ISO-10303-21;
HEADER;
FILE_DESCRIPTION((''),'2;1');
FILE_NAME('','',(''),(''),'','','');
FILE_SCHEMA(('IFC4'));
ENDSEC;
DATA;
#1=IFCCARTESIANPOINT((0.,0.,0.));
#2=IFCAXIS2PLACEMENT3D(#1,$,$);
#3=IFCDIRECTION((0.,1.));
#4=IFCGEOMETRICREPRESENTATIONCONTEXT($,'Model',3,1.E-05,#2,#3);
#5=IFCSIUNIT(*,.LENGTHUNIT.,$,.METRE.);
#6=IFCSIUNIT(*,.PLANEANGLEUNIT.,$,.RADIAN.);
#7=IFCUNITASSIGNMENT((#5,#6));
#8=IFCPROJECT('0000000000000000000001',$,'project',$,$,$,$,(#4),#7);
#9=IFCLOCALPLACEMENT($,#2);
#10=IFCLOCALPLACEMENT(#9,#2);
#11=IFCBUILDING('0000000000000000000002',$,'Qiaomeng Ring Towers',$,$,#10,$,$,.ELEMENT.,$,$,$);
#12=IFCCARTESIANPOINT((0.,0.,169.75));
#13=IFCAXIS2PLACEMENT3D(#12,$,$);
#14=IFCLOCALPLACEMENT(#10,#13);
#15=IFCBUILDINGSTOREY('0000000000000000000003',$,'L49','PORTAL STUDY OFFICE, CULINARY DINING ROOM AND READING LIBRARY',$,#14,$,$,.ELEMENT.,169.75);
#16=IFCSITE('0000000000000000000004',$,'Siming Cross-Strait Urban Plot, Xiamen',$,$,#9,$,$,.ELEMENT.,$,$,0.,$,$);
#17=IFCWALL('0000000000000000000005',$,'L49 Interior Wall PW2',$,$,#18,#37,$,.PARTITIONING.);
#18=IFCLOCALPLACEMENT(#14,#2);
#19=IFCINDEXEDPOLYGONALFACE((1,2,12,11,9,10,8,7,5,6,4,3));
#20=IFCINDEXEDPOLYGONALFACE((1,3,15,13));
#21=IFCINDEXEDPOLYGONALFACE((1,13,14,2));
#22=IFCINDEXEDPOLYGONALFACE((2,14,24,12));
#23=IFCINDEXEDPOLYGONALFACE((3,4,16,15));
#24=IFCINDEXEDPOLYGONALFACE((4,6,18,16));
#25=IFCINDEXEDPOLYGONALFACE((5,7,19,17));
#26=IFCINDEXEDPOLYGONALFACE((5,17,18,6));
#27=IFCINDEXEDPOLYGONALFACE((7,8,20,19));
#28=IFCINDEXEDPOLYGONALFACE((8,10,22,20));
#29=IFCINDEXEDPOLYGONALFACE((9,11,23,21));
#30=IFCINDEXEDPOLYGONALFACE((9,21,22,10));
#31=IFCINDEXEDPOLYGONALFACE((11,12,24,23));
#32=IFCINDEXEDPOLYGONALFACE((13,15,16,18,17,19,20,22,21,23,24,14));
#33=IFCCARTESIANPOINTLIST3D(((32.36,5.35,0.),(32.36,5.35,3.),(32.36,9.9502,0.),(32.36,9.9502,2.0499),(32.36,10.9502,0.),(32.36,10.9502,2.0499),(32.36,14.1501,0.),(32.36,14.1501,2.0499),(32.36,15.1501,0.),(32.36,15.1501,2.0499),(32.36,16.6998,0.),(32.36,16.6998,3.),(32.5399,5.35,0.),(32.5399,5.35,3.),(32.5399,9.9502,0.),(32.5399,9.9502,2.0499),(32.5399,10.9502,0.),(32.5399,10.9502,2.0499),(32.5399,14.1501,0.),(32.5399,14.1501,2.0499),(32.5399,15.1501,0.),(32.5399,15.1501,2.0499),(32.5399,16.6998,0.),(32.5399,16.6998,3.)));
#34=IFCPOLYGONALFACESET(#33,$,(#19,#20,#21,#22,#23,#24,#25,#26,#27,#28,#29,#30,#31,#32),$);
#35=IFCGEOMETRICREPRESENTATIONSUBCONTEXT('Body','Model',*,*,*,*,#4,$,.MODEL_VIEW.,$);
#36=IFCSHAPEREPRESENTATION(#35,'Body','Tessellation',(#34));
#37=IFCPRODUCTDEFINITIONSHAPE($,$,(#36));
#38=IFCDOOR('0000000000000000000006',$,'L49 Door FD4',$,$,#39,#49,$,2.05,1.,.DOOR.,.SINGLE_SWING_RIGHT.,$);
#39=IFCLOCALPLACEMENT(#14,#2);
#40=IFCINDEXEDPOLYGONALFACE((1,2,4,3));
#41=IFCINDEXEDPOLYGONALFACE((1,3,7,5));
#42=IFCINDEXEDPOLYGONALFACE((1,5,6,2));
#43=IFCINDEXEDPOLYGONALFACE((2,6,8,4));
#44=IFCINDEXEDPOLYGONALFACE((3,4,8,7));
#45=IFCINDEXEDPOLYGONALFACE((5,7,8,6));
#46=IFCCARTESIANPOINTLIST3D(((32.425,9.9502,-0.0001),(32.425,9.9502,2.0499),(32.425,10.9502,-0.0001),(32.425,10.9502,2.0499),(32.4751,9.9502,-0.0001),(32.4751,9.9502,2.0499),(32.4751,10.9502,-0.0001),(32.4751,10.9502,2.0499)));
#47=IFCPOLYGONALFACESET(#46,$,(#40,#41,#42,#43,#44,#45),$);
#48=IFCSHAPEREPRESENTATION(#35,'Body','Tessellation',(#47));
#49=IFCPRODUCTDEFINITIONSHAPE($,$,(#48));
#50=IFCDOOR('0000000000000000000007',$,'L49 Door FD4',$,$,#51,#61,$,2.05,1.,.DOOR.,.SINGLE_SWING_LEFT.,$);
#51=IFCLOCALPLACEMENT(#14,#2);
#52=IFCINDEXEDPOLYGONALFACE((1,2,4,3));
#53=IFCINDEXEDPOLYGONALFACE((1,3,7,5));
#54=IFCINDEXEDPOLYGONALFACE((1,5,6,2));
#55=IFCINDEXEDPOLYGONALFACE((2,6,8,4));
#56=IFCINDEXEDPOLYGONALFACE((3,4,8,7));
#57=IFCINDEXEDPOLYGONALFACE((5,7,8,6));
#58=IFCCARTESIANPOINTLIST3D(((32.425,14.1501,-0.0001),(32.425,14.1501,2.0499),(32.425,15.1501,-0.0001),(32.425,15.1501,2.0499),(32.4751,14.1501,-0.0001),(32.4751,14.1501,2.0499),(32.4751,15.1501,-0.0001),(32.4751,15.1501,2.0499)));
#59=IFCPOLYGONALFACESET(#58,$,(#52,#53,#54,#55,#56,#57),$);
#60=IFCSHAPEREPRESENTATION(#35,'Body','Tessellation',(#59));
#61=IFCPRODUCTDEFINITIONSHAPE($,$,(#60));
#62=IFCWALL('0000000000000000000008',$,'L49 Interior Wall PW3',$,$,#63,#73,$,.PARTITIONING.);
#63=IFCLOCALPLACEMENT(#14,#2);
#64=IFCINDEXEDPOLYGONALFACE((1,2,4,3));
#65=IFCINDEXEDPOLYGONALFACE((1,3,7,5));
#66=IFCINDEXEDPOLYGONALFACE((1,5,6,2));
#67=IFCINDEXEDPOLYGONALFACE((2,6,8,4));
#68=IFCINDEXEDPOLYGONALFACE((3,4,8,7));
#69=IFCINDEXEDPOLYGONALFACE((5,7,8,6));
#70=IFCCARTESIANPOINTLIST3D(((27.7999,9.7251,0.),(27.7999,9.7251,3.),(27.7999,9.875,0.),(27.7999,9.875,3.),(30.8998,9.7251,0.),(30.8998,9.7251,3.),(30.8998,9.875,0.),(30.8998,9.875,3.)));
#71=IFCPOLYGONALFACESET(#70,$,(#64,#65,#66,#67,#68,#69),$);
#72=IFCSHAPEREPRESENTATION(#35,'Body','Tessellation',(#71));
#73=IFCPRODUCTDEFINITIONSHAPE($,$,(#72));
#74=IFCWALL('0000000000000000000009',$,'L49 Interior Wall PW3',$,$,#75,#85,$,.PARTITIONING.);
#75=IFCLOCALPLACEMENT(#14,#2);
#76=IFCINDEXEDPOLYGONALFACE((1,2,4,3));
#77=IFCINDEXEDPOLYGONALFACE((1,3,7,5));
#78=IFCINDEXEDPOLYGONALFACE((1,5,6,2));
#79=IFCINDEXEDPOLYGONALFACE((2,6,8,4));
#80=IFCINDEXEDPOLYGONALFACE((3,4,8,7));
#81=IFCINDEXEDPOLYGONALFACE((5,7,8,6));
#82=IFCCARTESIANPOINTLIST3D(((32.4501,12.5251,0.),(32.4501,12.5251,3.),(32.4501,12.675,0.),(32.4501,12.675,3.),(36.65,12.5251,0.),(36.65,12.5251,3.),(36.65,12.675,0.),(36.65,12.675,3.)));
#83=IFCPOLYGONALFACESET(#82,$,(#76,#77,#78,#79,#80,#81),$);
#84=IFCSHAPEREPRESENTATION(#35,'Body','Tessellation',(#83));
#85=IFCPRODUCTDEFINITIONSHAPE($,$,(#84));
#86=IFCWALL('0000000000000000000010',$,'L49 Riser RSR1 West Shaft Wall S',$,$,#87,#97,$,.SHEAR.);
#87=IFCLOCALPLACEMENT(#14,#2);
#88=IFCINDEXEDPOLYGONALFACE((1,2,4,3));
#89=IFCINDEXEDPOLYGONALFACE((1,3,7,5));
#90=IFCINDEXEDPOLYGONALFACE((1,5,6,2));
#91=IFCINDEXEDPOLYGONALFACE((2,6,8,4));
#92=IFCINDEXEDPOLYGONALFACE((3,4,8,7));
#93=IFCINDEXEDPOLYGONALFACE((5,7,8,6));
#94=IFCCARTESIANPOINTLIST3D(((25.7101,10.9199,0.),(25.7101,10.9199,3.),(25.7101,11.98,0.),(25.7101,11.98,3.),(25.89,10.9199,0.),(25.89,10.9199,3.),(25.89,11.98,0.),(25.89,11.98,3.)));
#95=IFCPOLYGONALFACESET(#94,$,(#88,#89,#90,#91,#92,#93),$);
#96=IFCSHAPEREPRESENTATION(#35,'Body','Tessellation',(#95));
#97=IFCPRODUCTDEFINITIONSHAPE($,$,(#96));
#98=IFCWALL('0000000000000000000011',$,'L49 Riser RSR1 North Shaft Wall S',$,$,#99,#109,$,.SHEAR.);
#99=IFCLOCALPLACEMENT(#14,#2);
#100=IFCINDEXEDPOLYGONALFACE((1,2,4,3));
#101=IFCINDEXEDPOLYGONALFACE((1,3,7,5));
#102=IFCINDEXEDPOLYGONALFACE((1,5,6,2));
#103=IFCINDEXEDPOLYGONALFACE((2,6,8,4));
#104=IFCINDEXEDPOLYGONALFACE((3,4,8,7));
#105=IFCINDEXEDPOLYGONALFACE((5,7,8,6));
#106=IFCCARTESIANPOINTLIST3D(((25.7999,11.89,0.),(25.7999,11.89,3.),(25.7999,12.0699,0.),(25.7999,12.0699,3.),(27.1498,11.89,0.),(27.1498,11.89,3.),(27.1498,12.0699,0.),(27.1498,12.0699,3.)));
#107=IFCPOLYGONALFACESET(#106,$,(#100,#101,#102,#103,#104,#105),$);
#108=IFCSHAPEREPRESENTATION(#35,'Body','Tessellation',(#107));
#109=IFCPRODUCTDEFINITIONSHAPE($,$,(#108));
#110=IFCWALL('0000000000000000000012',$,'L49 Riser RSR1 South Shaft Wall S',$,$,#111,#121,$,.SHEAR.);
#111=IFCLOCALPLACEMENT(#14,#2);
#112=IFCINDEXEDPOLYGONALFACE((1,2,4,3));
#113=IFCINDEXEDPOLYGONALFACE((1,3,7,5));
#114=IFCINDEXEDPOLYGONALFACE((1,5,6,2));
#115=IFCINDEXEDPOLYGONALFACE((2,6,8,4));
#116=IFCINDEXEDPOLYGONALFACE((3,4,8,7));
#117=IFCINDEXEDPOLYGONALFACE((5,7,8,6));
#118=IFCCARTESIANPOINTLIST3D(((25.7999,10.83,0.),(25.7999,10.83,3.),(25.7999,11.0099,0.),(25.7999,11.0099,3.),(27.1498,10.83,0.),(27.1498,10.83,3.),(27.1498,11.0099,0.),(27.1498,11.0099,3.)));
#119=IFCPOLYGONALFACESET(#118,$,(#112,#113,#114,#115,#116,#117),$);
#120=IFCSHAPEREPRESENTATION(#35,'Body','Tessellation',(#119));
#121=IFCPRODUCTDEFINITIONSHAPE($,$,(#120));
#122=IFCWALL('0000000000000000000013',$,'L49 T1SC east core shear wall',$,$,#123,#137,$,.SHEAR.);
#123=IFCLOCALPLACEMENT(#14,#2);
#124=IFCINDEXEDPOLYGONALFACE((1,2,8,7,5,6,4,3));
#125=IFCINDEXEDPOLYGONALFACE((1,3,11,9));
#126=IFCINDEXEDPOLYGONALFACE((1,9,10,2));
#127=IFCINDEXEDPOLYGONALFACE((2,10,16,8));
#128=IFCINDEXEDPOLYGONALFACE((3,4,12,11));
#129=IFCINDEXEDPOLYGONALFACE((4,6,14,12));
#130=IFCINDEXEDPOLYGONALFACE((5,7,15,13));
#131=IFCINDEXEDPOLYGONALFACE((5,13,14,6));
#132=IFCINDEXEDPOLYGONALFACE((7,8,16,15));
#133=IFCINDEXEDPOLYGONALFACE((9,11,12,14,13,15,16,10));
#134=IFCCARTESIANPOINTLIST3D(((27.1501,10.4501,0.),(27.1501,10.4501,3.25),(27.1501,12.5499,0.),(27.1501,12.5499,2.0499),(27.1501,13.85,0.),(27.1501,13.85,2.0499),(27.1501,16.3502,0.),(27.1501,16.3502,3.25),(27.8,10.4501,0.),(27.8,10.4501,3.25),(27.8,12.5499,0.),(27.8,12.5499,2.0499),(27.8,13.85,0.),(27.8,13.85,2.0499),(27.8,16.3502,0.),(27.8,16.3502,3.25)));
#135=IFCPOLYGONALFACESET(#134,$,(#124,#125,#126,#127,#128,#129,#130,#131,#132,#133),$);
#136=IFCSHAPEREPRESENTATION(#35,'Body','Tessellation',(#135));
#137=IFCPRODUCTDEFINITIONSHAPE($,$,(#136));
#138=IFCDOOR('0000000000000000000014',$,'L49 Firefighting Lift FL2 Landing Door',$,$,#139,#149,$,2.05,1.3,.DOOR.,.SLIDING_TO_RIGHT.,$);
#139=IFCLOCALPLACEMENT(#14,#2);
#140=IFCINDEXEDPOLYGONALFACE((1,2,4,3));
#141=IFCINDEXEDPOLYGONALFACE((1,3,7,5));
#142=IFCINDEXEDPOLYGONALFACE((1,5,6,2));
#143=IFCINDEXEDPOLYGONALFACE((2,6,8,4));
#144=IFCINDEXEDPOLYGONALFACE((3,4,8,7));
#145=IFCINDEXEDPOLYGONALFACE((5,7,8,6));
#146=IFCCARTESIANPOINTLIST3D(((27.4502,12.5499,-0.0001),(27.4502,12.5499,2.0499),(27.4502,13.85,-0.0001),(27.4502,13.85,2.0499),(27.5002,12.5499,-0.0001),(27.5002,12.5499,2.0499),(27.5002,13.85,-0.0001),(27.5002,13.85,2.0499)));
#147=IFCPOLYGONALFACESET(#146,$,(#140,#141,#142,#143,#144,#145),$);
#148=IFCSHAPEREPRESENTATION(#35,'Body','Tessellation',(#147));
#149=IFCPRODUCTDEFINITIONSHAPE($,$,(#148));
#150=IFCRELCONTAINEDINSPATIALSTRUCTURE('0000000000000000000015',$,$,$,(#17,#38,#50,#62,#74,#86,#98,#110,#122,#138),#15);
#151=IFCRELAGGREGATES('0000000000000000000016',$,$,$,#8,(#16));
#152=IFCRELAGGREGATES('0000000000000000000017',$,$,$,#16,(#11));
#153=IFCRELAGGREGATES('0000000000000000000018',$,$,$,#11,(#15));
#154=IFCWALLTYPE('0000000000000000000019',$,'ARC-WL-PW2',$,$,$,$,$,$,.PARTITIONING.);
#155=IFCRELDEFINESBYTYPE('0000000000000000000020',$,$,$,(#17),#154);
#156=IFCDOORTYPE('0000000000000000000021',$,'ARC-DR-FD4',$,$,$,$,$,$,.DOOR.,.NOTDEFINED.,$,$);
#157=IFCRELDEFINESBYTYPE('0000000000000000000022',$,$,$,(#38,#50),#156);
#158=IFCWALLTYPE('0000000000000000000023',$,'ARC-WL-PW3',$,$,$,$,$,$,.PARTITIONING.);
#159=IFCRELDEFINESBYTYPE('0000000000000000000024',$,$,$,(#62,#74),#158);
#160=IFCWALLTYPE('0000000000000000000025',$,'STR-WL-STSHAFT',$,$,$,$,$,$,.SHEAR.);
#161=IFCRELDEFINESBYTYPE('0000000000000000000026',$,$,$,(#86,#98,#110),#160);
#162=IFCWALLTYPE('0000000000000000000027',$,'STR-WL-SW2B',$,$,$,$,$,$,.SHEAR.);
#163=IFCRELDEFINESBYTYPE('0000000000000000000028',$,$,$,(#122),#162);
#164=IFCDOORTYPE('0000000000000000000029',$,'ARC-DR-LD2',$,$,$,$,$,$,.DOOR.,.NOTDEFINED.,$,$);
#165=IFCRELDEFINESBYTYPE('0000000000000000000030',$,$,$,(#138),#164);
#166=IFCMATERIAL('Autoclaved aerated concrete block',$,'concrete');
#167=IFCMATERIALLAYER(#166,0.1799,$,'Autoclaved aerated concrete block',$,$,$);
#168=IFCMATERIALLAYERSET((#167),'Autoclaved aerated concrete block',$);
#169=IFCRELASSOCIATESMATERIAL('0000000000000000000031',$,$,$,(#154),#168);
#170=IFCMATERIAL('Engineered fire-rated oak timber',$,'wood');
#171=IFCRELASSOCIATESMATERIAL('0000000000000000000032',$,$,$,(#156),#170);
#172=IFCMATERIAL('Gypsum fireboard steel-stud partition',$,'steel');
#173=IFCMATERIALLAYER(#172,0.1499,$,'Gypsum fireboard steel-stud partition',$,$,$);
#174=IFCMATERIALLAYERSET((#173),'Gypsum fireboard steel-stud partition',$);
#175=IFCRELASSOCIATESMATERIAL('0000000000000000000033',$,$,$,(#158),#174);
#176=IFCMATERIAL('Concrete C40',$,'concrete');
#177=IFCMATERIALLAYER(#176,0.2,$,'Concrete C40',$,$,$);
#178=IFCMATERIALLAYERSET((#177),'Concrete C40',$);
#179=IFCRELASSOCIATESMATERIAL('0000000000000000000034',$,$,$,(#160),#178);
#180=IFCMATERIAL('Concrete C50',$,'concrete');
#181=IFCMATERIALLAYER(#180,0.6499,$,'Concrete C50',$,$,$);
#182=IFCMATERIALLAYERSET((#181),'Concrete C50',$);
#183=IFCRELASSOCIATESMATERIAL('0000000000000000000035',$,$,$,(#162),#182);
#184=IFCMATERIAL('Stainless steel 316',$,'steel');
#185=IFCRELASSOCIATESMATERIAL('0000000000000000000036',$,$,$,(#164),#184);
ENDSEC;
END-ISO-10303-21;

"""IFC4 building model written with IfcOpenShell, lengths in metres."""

from ifc_helpers import new_model, si_unit, direction, frame, frame_2d, origin, place, context, subcontext, project, spatial, rectangle, extrude, source, transform, mapped, material, layer, layer_set, type_object, element, fill, save


model = new_model("IFC4")

# Units and contexts
model_context = context("Model", 3, precision=1e-05, world=origin(), true_north=direction((0.0, 1.0)))
body_context = subcontext(model_context, "Body", "Model", "MODEL_VIEW")
ifc_project = project(units=[si_unit("LENGTHUNIT", "METRE"), si_unit("PLANEANGLEUNIT", "RADIAN")], contexts=[model_context])

# Site, building, storey
site_placement = place(None, origin())
site = spatial("IfcSite", under=ifc_project, at=site_placement, Name="Siming Cross-Strait Urban Plot, Xiamen", CompositionType="ELEMENT", RefElevation=0.0)
building_placement = place(site_placement, origin())
building = spatial("IfcBuilding", under=site, at=building_placement, Name="Qiaomeng Ring Towers", CompositionType="ELEMENT")
storey_placement = place(building_placement, frame((0.0, 0.0, 169.75)))
storey = spatial("IfcBuildingStorey", under=building, at=storey_placement, Name="L49", Description="PORTAL STUDY OFFICE, CULINARY DINING ROOM AND READING LIBRARY", CompositionType="ELEMENT", Elevation=169.75)

# Shared definitions
ifc_material_1 = material(Name="Concrete C50", Category="concrete")

# Shared definitions
ifc_material_2 = material(Name="Autoclaved aerated concrete block", Category="concrete")

# Shared definitions
ifc_layer_1 = layer(ifc_material_2, 0.1799, Name="Autoclaved aerated concrete block")
ifc_layer_set_1 = layer_set([ifc_layer_1], Name="Autoclaved aerated concrete block")
wall_type_1 = type_object("IfcWallType", Name="ARC-WL-PW2", PredefinedType="PARTITIONING", material=ifc_layer_set_1)

# Wall, openings, doors
wall_1_placement = place(storey_placement, frame((32.45, 5.3501, 0.0), z_axis=(0.0, 0.0, 1.0), x_axis=(0.0, 1.0, 0.0)))
wall_1 = element("IfcWall", 1, at=wall_1_placement, inside=storey, type_object=wall_type_1, Name="L49 Interior Wall PW2", PredefinedType="PARTITIONING", context=body_context, shape_type="SweptSolid", body=[
    extrude(rectangle(XDim=11.3499, YDim=0.1799, at=frame_2d((5.6748, 0.0))), origin(), (0.0, 0.0, 1.0), 3.0),
])
opening_1_placement = place(wall_1_placement, frame((4.6001, 0.0, 0.0)))
opening_1 = element("IfcOpeningElement", 2, at=opening_1_placement, cuts=wall_1, PredefinedType="OPENING", context=body_context, shape_type="SweptSolid", body=[
    extrude(rectangle(XDim=1.0, YDim=2.05, at=frame_2d((0.5, 1.0249))), frame((0.0, 0.0999, 0.0), z_axis=(0.0, -1.0, 0.0), x_axis=(1.0, 0.0, 0.0)), (0.0, 0.0, 1.0), 0.2),
])
opening_2_placement = place(wall_1_placement, frame((8.8, 0.0, 0.0)))
opening_2 = element("IfcOpeningElement", 3, at=opening_2_placement, cuts=wall_1, PredefinedType="OPENING", context=body_context, shape_type="SweptSolid", body=[
    extrude(rectangle(XDim=1.0, YDim=2.05, at=frame_2d((0.5, 1.0249))), frame((0.0, 0.0999, 0.0), z_axis=(0.0, -1.0, 0.0), x_axis=(1.0, 0.0, 0.0)), (0.0, 0.0, 1.0), 0.2),
])
ifc_material_3 = material(Name="Engineered fire-rated oak timber", Category="wood")
door_type_1 = type_object("IfcDoorType", Name="ARC-DR-FD4", OperationType="NOTDEFINED", PredefinedType="DOOR", material=ifc_material_3)
shared_shape_1 = source(origin(), body_context, "Body", "SweptSolid", [
    extrude(rectangle(XDim=1.0, YDim=2.05, at=frame_2d((0.5, 1.0249))), frame((0.0, 0.0249, 0.0), z_axis=(0.0, -1.0, 0.0), x_axis=(1.0, 0.0, 0.0)), (0.0, 0.0, 1.0), 0.05),
])
door_1_placement = place(opening_1_placement, origin())
door_1 = element("IfcDoor", 4, at=door_1_placement, inside=storey, type_object=door_type_1, Name="L49 Door FD4", OperationType="SINGLE_SWING_RIGHT", OverallHeight=2.05, OverallWidth=1.0, PredefinedType="DOOR", context=body_context, shape_type="MappedRepresentation", body=[
    mapped(shared_shape_1, transform((0.0, 0.0, 0.0), x_axis=(1.0, 0.0, 0.0), y_axis=(0.0, 1.0, 0.0), z_axis=(0.0, 0.0, 1.0), scale=1.0)),
])
fill(opening_1, door_1)
door_2_placement = place(opening_2_placement, origin())
door_2 = element("IfcDoor", 5, at=door_2_placement, inside=storey, type_object=door_type_1, Name="L49 Door FD4", OperationType="SINGLE_SWING_LEFT", OverallHeight=2.05, OverallWidth=1.0, PredefinedType="DOOR", context=body_context, shape_type="MappedRepresentation", body=[
    mapped(shared_shape_1, transform((0.0, 0.0, 0.0), x_axis=(1.0, 0.0, 0.0), y_axis=(0.0, 1.0, 0.0), z_axis=(0.0, 0.0, 1.0), scale=1.0)),
])
fill(opening_2, door_2)

# Walls
ifc_material_4 = material(Name="Gypsum fireboard steel-stud partition", Category="steel")
ifc_layer_2 = layer(ifc_material_4, 0.1499, Name="Gypsum fireboard steel-stud partition")
ifc_layer_set_2 = layer_set([ifc_layer_2], Name="Gypsum fireboard steel-stud partition")
wall_type_2 = type_object("IfcWallType", Name="ARC-WL-PW3", PredefinedType="PARTITIONING", material=ifc_layer_set_2)
wall_2_placement = place(storey_placement, frame((27.8, 9.8, 0.0), z_axis=(0.0, 0.0, 1.0), x_axis=(1.0, 0.0, 0.0)))
element("IfcWall", 6, at=wall_2_placement, inside=storey, type_object=wall_type_2, Name="L49 Interior Wall PW3", PredefinedType="PARTITIONING", context=body_context, shape_type="SweptSolid", body=[
    extrude(rectangle(XDim=3.0999, YDim=0.1499, at=frame_2d((1.5498, 0.0))), origin(), (0.0, 0.0, 1.0), 3.0),
])
wall_3_placement = place(storey_placement, frame((32.45, 12.6001, 0.0), z_axis=(0.0, 0.0, 1.0), x_axis=(1.0, 0.0, 0.0)))
element("IfcWall", 7, at=wall_3_placement, inside=storey, type_object=wall_type_2, Name="L49 Interior Wall PW3", PredefinedType="PARTITIONING", context=body_context, shape_type="SweptSolid", body=[
    extrude(rectangle(XDim=4.2, YDim=0.1499, at=frame_2d((2.1001, 0.0))), origin(), (0.0, 0.0, 1.0), 3.0),
])
ifc_material_5 = material(Name="Concrete C40", Category="concrete")
ifc_layer_3 = layer(ifc_material_5, 0.2, Name="Concrete C40")
ifc_layer_set_3 = layer_set([ifc_layer_3], Name="Concrete C40")
wall_type_3 = type_object("IfcWallType", Name="STR-WL-STSHAFT", PredefinedType="SHEAR", material=ifc_layer_set_3)
wall_4_placement = place(storey_placement, frame((25.8, 10.9199, 0.0), z_axis=(0.0, 0.0, 1.0), x_axis=(0.0, 1.0, 0.0)))
element("IfcWall", 8, at=wall_4_placement, inside=storey, type_object=wall_type_3, Name="L49 Riser RSR1 West Shaft Wall S", PredefinedType="SHEAR", context=body_context, shape_type="SweptSolid", body=[
    extrude(rectangle(XDim=1.0601, YDim=0.1799, at=frame_2d((0.53, 0.0))), origin(), (0.0, 0.0, 1.0), 3.0),
])
for number, where, z_axis, x_axis, name in (
    (9, (25.8, 11.98, 0.0), (0.0, 0.0, 1.0), (1.0, 0.0, 0.0), "L49 Riser RSR1 North Shaft Wall S"),
    (10, (25.8, 10.9199, 0.0), (0.0, 0.0, 1.0), (1.0, 0.0, 0.0), "L49 Riser RSR1 South Shaft Wall S"),
):
    element("IfcWall", number, at=place(storey_placement, frame(where, z_axis=z_axis, x_axis=x_axis)), inside=storey, type_object=wall_type_3, Name=name, PredefinedType="SHEAR", context=body_context, shape_type="SweptSolid", body=[
        extrude(rectangle(XDim=1.3499, YDim=0.1799, at=frame_2d((0.6748, 0.0))), origin(), (0.0, 0.0, 1.0), 3.0),
    ])

# Wall, opening, door
ifc_layer_4 = layer(ifc_material_1, 0.6499, Name="Concrete C50")
ifc_layer_set_4 = layer_set([ifc_layer_4], Name="Concrete C50")
wall_type_4 = type_object("IfcWallType", Name="STR-WL-SW2B", PredefinedType="SHEAR", material=ifc_layer_set_4)
wall_5_placement = place(storey_placement, frame((27.4751, 10.45, 0.0), z_axis=(0.0, 0.0, 1.0), x_axis=(0.0, 1.0, 0.0)))
wall_5 = element("IfcWall", 11, at=wall_5_placement, inside=storey, type_object=wall_type_4, Name="L49 T1SC east core shear wall", PredefinedType="SHEAR", context=body_context, shape_type="SweptSolid", body=[
    extrude(rectangle(XDim=5.9001, YDim=0.6499, at=frame_2d((2.9502, 0.0))), origin(), (0.0, 0.0, 1.0), 3.25),
])
opening_3_placement = place(wall_5_placement, frame((2.1001, 0.0, 0.0)))
opening_3 = element("IfcOpeningElement", 12, at=opening_3_placement, cuts=wall_5, PredefinedType="OPENING", context=body_context, shape_type="SweptSolid", body=[
    extrude(rectangle(XDim=1.3, YDim=2.05, at=frame_2d((0.6499, 1.0249))), frame((0.0, 0.335, 0.0), z_axis=(0.0, -1.0, 0.0), x_axis=(1.0, 0.0, 0.0)), (0.0, 0.0, 1.0), 0.6699),
])
ifc_material_6 = material(Name="Stainless steel 316", Category="steel")
door_type_2 = type_object("IfcDoorType", Name="ARC-DR-LD2", OperationType="NOTDEFINED", PredefinedType="DOOR", material=ifc_material_6)
shared_shape_2 = source(origin(), body_context, "Body", "SweptSolid", [
    extrude(rectangle(XDim=1.3, YDim=2.05, at=frame_2d((0.6499, 1.0249))), frame((0.0, 0.0249, 0.0), z_axis=(0.0, -1.0, 0.0), x_axis=(1.0, 0.0, 0.0)), (0.0, 0.0, 1.0), 0.05),
])
door_3_placement = place(opening_3_placement, origin())
door_3 = element("IfcDoor", 13, at=door_3_placement, inside=storey, type_object=door_type_2, Name="L49 Firefighting Lift FL2 Landing Door", OperationType="SLIDING_TO_RIGHT", OverallHeight=2.05, OverallWidth=1.3, PredefinedType="DOOR", context=body_context, shape_type="MappedRepresentation", body=[
    mapped(shared_shape_2, transform((0.0, 0.0, 0.0), x_axis=(1.0, 0.0, 0.0), y_axis=(0.0, 1.0, 0.0), z_axis=(0.0, 0.0, 1.0), scale=1.0)),
])
fill(opening_3, door_3)

save(model, "model.ifc")
